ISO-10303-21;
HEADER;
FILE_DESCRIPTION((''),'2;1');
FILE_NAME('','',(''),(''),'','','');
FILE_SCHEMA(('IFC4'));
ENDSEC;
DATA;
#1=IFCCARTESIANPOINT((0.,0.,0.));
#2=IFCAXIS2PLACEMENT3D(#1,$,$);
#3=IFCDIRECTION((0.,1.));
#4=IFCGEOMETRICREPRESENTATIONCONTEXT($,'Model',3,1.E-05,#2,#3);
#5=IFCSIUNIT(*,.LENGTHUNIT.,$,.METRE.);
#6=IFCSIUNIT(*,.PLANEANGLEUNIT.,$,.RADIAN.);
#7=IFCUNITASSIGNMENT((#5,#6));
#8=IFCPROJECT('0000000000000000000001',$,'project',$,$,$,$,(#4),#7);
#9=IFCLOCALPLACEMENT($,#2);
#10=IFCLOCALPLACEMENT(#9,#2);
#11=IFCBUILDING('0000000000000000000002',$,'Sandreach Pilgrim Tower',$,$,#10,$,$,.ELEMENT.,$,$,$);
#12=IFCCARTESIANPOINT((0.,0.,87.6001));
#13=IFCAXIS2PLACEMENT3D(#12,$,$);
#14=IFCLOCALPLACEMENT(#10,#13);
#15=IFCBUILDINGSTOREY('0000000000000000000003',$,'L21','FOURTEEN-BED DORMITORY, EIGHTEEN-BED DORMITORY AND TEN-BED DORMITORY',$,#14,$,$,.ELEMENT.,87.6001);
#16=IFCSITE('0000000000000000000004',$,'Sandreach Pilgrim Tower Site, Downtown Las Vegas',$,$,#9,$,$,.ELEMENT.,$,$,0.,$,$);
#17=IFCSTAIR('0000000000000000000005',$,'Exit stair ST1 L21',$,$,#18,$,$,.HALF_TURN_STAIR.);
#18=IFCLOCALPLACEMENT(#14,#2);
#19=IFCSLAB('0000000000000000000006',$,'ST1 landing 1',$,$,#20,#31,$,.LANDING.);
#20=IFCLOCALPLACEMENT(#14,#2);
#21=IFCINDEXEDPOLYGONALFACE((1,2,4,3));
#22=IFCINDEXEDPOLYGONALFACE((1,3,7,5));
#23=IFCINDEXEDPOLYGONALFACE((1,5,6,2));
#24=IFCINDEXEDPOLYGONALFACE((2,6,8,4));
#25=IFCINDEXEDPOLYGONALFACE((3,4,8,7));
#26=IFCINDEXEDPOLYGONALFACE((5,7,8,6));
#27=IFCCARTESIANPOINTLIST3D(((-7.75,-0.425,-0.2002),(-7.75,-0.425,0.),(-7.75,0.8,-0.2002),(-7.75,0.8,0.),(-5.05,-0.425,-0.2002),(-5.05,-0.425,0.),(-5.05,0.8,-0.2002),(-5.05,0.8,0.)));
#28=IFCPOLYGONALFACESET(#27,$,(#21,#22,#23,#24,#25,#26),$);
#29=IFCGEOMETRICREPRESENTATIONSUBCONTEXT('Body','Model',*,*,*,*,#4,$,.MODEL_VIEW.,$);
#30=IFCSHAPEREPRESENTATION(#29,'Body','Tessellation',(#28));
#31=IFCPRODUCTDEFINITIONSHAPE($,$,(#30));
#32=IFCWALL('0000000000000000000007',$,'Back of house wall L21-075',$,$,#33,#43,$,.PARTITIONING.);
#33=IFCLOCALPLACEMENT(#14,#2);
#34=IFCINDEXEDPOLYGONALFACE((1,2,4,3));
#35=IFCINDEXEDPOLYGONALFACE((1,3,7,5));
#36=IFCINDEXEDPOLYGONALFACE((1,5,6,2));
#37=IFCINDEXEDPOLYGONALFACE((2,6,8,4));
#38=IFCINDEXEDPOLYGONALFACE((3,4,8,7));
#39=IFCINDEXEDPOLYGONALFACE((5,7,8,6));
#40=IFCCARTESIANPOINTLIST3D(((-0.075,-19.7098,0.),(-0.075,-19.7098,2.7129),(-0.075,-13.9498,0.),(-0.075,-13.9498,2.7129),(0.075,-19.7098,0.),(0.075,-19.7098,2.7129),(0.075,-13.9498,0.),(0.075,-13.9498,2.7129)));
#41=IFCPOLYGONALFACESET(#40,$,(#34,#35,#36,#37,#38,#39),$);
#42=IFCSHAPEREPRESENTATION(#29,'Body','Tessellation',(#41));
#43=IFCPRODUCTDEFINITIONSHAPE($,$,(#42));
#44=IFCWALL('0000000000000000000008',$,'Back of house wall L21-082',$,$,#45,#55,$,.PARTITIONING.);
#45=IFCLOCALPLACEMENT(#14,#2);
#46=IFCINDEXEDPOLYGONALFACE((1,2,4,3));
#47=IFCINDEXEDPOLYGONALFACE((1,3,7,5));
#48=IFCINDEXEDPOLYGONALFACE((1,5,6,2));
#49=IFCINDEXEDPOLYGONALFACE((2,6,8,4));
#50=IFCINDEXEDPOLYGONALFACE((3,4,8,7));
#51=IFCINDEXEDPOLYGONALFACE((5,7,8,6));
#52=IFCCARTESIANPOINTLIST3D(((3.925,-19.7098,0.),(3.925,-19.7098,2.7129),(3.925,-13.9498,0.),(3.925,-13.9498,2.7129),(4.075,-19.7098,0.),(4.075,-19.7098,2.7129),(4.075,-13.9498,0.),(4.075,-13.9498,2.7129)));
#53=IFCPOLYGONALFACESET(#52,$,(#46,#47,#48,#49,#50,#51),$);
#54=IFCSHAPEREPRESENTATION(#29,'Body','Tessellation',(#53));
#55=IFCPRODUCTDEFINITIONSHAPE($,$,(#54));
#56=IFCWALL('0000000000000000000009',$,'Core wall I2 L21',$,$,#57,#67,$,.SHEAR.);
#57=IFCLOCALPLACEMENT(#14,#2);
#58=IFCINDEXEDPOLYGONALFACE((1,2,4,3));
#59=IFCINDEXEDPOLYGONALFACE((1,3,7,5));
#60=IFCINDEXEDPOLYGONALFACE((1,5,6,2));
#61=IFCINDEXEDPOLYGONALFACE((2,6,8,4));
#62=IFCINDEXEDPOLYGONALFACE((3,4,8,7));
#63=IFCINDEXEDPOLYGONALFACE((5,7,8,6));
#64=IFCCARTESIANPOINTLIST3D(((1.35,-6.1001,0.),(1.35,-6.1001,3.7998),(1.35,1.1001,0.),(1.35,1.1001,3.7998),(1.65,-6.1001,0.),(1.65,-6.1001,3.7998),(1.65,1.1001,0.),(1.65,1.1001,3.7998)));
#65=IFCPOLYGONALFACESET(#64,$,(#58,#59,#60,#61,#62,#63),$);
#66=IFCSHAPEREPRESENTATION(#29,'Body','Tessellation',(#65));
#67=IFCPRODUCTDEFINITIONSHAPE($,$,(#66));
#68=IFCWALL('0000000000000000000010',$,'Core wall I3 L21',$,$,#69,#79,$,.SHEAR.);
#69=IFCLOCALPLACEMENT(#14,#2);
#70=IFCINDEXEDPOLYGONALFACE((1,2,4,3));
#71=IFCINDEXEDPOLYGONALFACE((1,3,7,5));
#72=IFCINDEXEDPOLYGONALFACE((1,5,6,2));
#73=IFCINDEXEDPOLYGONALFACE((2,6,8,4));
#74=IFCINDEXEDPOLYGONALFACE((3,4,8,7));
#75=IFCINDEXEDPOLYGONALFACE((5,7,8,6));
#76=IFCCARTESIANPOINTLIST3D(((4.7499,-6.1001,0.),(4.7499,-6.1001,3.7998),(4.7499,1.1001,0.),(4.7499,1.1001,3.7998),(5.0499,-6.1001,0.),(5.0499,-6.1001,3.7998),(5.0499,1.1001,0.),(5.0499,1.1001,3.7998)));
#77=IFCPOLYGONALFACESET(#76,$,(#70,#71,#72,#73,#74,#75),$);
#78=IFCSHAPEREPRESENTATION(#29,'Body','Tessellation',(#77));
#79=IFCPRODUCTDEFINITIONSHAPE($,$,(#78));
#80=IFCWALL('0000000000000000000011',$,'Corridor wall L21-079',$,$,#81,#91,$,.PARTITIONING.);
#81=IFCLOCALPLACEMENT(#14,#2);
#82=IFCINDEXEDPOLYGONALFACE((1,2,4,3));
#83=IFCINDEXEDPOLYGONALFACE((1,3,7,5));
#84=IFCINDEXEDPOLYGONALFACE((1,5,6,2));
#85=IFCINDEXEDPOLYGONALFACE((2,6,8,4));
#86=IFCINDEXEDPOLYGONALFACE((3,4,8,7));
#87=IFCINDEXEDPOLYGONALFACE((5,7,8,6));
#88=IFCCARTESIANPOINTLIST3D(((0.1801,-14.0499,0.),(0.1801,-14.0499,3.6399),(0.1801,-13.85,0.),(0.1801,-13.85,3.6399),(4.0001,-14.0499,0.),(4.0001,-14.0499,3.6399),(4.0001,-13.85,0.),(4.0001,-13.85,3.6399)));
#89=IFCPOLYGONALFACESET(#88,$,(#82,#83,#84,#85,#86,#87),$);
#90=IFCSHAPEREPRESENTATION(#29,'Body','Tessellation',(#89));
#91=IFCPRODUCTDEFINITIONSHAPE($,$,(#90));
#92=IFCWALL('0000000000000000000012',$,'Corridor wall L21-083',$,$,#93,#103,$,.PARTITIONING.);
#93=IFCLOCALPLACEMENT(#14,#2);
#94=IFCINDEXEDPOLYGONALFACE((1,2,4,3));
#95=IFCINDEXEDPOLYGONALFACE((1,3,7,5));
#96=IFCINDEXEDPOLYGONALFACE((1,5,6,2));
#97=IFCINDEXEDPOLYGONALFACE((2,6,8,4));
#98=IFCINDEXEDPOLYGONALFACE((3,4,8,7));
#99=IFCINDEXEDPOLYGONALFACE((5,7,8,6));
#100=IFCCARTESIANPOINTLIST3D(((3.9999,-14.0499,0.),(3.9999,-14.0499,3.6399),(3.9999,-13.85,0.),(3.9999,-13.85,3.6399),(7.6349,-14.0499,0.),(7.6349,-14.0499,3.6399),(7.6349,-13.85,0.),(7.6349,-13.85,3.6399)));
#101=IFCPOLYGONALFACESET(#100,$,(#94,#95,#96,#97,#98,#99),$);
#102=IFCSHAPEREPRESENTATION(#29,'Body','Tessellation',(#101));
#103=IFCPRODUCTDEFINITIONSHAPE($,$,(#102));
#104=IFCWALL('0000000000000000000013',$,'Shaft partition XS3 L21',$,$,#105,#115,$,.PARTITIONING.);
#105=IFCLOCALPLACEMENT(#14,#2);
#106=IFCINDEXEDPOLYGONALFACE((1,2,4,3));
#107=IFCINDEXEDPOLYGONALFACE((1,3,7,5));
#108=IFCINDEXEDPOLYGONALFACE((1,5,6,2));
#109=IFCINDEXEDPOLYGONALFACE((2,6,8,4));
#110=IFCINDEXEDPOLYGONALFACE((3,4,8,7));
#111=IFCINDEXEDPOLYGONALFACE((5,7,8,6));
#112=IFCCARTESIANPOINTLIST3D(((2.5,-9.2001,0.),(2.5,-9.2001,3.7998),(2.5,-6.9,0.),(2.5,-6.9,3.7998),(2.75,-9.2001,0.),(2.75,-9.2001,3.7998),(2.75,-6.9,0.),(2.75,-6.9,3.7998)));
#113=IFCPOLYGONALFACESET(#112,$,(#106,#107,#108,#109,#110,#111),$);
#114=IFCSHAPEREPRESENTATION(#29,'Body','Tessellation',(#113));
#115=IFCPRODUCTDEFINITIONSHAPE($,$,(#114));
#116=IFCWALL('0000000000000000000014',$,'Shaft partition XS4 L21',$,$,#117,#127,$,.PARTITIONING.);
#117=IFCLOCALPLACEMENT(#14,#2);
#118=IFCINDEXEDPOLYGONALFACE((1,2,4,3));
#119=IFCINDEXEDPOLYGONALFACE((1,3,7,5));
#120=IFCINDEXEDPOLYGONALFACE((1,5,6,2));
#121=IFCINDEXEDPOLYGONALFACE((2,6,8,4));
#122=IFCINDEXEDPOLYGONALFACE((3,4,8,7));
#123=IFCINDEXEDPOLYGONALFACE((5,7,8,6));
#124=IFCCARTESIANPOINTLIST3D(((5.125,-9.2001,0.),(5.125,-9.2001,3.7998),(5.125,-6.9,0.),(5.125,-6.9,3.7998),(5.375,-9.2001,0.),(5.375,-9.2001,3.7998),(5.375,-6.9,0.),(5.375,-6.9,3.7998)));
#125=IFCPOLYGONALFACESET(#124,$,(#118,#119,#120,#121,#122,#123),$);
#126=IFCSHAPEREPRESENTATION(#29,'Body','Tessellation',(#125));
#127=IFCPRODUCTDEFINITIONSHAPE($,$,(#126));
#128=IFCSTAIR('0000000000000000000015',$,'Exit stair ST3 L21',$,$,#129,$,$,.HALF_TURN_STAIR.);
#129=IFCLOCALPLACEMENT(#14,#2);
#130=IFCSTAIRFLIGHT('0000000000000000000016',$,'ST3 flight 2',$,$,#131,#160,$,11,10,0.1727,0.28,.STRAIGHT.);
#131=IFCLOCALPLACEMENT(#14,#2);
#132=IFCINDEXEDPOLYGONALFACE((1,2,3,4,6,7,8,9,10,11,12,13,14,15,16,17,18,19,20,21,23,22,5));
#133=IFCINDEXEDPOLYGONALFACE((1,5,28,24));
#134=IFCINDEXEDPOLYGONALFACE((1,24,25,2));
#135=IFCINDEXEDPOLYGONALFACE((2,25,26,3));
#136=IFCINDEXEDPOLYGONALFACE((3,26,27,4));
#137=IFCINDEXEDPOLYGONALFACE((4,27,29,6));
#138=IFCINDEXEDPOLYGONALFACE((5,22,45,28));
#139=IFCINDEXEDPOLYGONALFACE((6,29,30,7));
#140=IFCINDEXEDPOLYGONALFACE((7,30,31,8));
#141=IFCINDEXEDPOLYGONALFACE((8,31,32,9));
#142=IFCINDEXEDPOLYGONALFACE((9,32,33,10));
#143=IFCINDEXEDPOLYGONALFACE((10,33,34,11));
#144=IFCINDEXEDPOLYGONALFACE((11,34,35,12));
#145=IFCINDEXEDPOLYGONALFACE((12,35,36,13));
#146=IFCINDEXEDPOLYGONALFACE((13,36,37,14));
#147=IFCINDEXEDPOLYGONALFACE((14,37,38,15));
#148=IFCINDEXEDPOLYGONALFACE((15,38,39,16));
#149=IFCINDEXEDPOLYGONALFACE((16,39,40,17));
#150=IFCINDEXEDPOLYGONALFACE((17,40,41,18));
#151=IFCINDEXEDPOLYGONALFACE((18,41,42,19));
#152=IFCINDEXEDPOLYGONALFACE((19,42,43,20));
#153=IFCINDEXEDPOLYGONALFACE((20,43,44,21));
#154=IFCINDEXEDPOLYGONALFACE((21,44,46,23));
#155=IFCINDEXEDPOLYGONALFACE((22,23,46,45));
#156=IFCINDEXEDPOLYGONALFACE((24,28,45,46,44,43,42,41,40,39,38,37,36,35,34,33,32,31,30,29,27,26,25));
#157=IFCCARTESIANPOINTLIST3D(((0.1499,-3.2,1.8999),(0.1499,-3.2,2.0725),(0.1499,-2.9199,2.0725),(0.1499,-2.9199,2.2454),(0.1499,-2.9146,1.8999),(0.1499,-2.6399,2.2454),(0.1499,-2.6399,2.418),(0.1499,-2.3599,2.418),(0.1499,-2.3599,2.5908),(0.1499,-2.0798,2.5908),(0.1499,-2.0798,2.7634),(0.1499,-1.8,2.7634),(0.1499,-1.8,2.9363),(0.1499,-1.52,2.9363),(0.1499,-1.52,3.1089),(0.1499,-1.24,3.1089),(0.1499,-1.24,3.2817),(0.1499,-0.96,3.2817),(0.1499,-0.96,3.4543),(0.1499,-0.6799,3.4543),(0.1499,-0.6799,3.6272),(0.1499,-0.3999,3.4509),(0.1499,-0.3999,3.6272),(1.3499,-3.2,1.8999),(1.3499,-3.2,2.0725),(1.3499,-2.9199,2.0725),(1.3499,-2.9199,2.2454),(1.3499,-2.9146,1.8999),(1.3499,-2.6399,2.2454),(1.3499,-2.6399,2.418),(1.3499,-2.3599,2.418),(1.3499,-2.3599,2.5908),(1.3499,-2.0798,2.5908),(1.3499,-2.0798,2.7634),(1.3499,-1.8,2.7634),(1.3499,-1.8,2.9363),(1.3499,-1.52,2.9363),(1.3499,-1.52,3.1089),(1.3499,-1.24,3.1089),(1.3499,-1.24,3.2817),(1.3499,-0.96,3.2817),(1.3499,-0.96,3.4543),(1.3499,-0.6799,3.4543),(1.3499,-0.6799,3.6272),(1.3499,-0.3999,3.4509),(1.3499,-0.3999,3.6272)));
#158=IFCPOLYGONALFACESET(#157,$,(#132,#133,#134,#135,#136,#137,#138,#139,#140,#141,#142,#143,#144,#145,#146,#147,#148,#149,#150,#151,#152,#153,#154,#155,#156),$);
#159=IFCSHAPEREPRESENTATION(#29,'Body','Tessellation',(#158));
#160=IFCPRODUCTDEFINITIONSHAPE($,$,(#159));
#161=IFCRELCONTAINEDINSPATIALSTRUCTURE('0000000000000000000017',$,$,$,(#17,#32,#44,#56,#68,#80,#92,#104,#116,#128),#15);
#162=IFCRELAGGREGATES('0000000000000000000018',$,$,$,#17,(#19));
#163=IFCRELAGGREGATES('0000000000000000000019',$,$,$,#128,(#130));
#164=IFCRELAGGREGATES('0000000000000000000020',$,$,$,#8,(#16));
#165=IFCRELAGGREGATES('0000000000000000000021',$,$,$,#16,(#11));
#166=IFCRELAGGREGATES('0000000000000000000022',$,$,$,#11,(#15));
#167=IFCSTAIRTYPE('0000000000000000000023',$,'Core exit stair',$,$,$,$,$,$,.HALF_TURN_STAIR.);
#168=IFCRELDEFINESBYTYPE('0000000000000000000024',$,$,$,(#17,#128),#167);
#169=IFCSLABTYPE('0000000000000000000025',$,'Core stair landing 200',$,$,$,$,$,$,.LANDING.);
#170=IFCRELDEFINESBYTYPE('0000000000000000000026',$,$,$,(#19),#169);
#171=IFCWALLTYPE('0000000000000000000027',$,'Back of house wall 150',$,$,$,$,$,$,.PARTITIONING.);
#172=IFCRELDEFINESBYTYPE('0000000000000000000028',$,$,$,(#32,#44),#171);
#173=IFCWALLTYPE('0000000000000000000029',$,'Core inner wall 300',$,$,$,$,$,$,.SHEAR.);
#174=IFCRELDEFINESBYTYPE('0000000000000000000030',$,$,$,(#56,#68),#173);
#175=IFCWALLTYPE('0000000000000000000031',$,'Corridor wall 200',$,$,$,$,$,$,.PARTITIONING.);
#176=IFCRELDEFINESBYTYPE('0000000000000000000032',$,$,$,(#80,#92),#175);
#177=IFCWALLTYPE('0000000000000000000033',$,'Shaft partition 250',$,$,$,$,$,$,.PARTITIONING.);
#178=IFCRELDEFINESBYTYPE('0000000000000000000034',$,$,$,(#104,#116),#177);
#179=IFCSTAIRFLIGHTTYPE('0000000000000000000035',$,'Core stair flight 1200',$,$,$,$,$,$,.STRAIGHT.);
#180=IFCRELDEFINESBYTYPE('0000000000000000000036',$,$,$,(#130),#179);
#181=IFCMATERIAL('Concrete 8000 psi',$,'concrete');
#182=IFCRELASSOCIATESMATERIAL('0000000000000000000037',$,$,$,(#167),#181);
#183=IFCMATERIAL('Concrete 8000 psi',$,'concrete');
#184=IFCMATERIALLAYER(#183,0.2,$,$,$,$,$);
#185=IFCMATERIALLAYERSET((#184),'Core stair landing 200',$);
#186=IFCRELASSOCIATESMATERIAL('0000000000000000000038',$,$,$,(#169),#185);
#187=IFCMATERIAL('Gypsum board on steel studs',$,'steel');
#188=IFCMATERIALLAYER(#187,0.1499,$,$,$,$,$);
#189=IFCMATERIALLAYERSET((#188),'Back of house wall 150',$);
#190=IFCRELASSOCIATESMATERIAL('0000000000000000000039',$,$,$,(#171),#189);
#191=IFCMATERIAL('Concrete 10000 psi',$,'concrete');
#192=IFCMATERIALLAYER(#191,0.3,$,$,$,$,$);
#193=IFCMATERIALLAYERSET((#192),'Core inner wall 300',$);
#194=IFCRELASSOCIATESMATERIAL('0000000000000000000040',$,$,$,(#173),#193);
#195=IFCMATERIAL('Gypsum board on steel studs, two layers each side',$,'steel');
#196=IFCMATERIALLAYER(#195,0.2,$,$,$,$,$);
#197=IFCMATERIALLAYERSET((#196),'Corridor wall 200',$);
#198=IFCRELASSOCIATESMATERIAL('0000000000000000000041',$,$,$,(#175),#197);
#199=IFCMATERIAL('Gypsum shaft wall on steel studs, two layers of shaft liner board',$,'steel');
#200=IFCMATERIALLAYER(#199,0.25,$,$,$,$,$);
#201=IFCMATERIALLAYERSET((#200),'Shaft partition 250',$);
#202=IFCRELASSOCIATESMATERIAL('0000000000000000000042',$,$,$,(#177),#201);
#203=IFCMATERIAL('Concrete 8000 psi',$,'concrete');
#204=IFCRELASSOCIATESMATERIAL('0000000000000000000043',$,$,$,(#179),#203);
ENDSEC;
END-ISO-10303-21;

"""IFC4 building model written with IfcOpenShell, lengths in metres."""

from ifc_helpers import new_model, si_unit, direction, frame, frame_2d, origin, place, context, subcontext, project, spatial, polyline, rectangle, outline, extrude, material, layer, layer_set, type_object, element, aggregate, save


model = new_model("IFC4")

# Units and contexts
model_context = context("Model", 3, precision=1e-05, world=origin(), true_north=direction((0.0, 1.0)))
body_context = subcontext(model_context, "Body", "Model", "MODEL_VIEW")
ifc_project = project(units=[si_unit("LENGTHUNIT", "METRE"), si_unit("PLANEANGLEUNIT", "RADIAN")], contexts=[model_context])

# Site, building, storey
site_placement = place(None, origin())
site = spatial("IfcSite", under=ifc_project, at=site_placement, Name="Sandreach Pilgrim Tower Site, Downtown Las Vegas", CompositionType="ELEMENT", RefElevation=0.0)
building_placement = place(site_placement, origin())
building = spatial("IfcBuilding", under=site, at=building_placement, Name="Sandreach Pilgrim Tower", CompositionType="ELEMENT")
storey_placement = place(building_placement, frame((0.0, 0.0, 87.6001)))
storey = spatial("IfcBuildingStorey", under=building, at=storey_placement, Name="L21", Description="FOURTEEN-BED DORMITORY, EIGHTEEN-BED DORMITORY AND TEN-BED DORMITORY", CompositionType="ELEMENT", Elevation=87.6001)

# Stair, slab
ifc_material_1 = material(Name="Concrete 8000 psi", Category="concrete")
stair_type = type_object("IfcStairType", Name="Core exit stair", PredefinedType="HALF_TURN_STAIR", material=ifc_material_1)
stair_1_placement = place(storey_placement, origin())
stair_1 = element("IfcStair", 1, at=stair_1_placement, inside=storey, type_object=stair_type, Name="Exit stair ST1 L21", PredefinedType="HALF_TURN_STAIR")
ifc_material_2 = material(Name="Concrete 8000 psi", Category="concrete")
ifc_layer_1 = layer(ifc_material_2, 0.2)
ifc_layer_set_1 = layer_set([ifc_layer_1], Name="Core stair landing 200")
slab_type = type_object("IfcSlabType", Name="Core stair landing 200", PredefinedType="LANDING", material=ifc_layer_set_1)
slab_placement = place(storey_placement, frame((0.0, 0.0, -0.2002)))
slab = element("IfcSlab", 2, at=slab_placement, type_object=slab_type, Name="ST1 landing 1", PredefinedType="LANDING", context=body_context, shape_type="SweptSolid", body=[
    extrude(outline(polyline([(-7.75, -0.425), (-5.05, -0.425), (-5.05, 0.8), (-7.75, 0.8), (-7.75, -0.425)])), origin(), (0.0, 0.0, 1.0), 0.2002),
])
aggregate(stair_1, [slab])

# Walls
ifc_material_3 = material(Name="Gypsum board on steel studs", Category="steel")
ifc_layer_2 = layer(ifc_material_3, 0.1499)
ifc_layer_set_2 = layer_set([ifc_layer_2], Name="Back of house wall 150")
wall_type_1 = type_object("IfcWallType", Name="Back of house wall 150", PredefinedType="PARTITIONING", material=ifc_layer_set_2)
for number, where, z_axis, x_axis, name in (
    (3, (0.0, -13.95, 0.0), (0.0, 0.0, 1.0), (0.0, -1.0, 0.0), "Back of house wall L21-075"),
    (4, (4.0, -13.95, 0.0), (0.0, 0.0, 1.0), (0.0, -1.0, 0.0), "Back of house wall L21-082"),
):
    element("IfcWall", number, at=place(storey_placement, frame(where, z_axis=z_axis, x_axis=x_axis)), inside=storey, type_object=wall_type_1, Name=name, PredefinedType="PARTITIONING", context=body_context, shape_type="SweptSolid", body=[
        extrude(rectangle(XDim=5.76, YDim=0.1499, at=frame_2d((2.8799, 0.0))), origin(), (0.0, 0.0, 1.0), 2.7129),
    ])
ifc_material_4 = material(Name="Concrete 10000 psi", Category="concrete")
ifc_layer_3 = layer(ifc_material_4, 0.3)
ifc_layer_set_3 = layer_set([ifc_layer_3], Name="Core inner wall 300")
wall_type_2 = type_object("IfcWallType", Name="Core inner wall 300", PredefinedType="SHEAR", material=ifc_layer_set_3)
for number, where, z_axis, x_axis, name in (
    (5, (1.5, -6.1001, 0.0), (0.0, 0.0, 1.0), (0.0, 1.0, 0.0), "Core wall I2 L21"),
    (6, (4.8999, -6.1001, 0.0), (0.0, 0.0, 1.0), (0.0, 1.0, 0.0), "Core wall I3 L21"),
):
    element("IfcWall", number, at=place(storey_placement, frame(where, z_axis=z_axis, x_axis=x_axis)), inside=storey, type_object=wall_type_2, Name=name, PredefinedType="SHEAR", context=body_context, shape_type="SweptSolid", body=[
        extrude(rectangle(XDim=7.2002, YDim=0.3, at=frame_2d((3.6001, 0.0))), origin(), (0.0, 0.0, 1.0), 3.7998),
    ])

# Wall
ifc_material_5 = material(Name="Gypsum board on steel studs, two layers each side", Category="steel")
ifc_layer_4 = layer(ifc_material_5, 0.2)
ifc_layer_set_4 = layer_set([ifc_layer_4], Name="Corridor wall 200")
wall_type_3 = type_object("IfcWallType", Name="Corridor wall 200", PredefinedType="PARTITIONING", material=ifc_layer_set_4)
wall_1_placement = place(storey_placement, frame((0.1799, -13.95, 0.0), z_axis=(0.0, 0.0, 1.0), x_axis=(1.0, 0.0, 0.0)))
element("IfcWall", 7, at=wall_1_placement, inside=storey, type_object=wall_type_3, Name="Corridor wall L21-079", PredefinedType="PARTITIONING", context=body_context, shape_type="SweptSolid", body=[
    extrude(rectangle(XDim=3.8201, YDim=0.2, at=frame_2d((1.9102, 0.0))), origin(), (0.0, 0.0, 1.0), 3.6399),
])

# Walls
wall_2_placement = place(storey_placement, frame((4.0, -13.95, 0.0), z_axis=(0.0, 0.0, 1.0), x_axis=(1.0, 0.0, 0.0)))
element("IfcWall", 8, at=wall_2_placement, inside=storey, type_object=wall_type_3, Name="Corridor wall L21-083", PredefinedType="PARTITIONING", context=body_context, shape_type="SweptSolid", body=[
    extrude(rectangle(XDim=3.635, YDim=0.2, at=frame_2d((1.8174, 0.0))), origin(), (0.0, 0.0, 1.0), 3.6399),
])
ifc_material_6 = material(Name="Gypsum shaft wall on steel studs, two layers of shaft liner board", Category="steel")
ifc_layer_5 = layer(ifc_material_6, 0.25)
ifc_layer_set_5 = layer_set([ifc_layer_5], Name="Shaft partition 250")
wall_type_4 = type_object("IfcWallType", Name="Shaft partition 250", PredefinedType="PARTITIONING", material=ifc_layer_set_5)
for number, where, z_axis, x_axis, name in (
    (9, (2.625, -9.2, 0.0), (0.0, 0.0, 1.0), (0.0, 1.0, 0.0), "Shaft partition XS3 L21"),
    (10, (5.25, -9.2, 0.0), (0.0, 0.0, 1.0), (0.0, 1.0, 0.0), "Shaft partition XS4 L21"),
):
    element("IfcWall", number, at=place(storey_placement, frame(where, z_axis=z_axis, x_axis=x_axis)), inside=storey, type_object=wall_type_4, Name=name, PredefinedType="PARTITIONING", context=body_context, shape_type="SweptSolid", body=[
        extrude(rectangle(XDim=2.3, YDim=0.25, at=frame_2d((1.1499, 0.0))), origin(), (0.0, 0.0, 1.0), 3.7998),
    ])

# Stair, stair flight
stair_2_placement = place(storey_placement, origin())
stair_2 = element("IfcStair", 11, at=stair_2_placement, inside=storey, type_object=stair_type, Name="Exit stair ST3 L21", PredefinedType="HALF_TURN_STAIR")
ifc_material_7 = material(Name="Concrete 8000 psi", Category="concrete")
stair_flight_type = type_object("IfcStairFlightType", Name="Core stair flight 1200", PredefinedType="STRAIGHT", material=ifc_material_7)
stair_flight_placement = place(storey_placement, frame((0.75, -3.2, 1.8999), z_axis=(0.0, 0.0, 1.0), x_axis=(0.0, 1.0, 0.0)))
stair_flight = element("IfcStairFlight", 12, at=stair_flight_placement, type_object=stair_flight_type, Name="ST3 flight 2", NumberOfRisers=11, NumberOfTreads=10, PredefinedType="STRAIGHT", RiserHeight=0.1727, TreadLength=0.28, context=body_context, shape_type="SweptSolid", body=[
    extrude(outline(polyline([(0.0, 0.0), (0.0, 0.1726), (0.28, 0.1726), (0.28, 0.3455), (0.5601, 0.3455), (0.5601, 0.5181), (0.8401, 0.5181), (0.8401, 0.6909), (1.1201, 0.6909), (1.1201, 0.8635), (1.3999, 0.8635), (1.3999, 1.0364), (1.6799, 1.0364), (1.6799, 1.209), (1.96, 1.209), (1.96, 1.3818), (2.24, 1.3818), (2.24, 1.5544), (2.52, 1.5544), (2.52, 1.7273), (2.8, 1.7273), (2.8, 1.8999), (2.8, 1.551), (0.2854, 0.0), (0.0, 0.0)])), frame((0.0, 0.6001, 0.0), z_axis=(0.0, -1.0, 0.0), x_axis=(1.0, 0.0, 0.0)), (0.0, 0.0, 1.0), 1.2),
])
aggregate(stair_2, [stair_flight])

save(model, "model.ifc")
